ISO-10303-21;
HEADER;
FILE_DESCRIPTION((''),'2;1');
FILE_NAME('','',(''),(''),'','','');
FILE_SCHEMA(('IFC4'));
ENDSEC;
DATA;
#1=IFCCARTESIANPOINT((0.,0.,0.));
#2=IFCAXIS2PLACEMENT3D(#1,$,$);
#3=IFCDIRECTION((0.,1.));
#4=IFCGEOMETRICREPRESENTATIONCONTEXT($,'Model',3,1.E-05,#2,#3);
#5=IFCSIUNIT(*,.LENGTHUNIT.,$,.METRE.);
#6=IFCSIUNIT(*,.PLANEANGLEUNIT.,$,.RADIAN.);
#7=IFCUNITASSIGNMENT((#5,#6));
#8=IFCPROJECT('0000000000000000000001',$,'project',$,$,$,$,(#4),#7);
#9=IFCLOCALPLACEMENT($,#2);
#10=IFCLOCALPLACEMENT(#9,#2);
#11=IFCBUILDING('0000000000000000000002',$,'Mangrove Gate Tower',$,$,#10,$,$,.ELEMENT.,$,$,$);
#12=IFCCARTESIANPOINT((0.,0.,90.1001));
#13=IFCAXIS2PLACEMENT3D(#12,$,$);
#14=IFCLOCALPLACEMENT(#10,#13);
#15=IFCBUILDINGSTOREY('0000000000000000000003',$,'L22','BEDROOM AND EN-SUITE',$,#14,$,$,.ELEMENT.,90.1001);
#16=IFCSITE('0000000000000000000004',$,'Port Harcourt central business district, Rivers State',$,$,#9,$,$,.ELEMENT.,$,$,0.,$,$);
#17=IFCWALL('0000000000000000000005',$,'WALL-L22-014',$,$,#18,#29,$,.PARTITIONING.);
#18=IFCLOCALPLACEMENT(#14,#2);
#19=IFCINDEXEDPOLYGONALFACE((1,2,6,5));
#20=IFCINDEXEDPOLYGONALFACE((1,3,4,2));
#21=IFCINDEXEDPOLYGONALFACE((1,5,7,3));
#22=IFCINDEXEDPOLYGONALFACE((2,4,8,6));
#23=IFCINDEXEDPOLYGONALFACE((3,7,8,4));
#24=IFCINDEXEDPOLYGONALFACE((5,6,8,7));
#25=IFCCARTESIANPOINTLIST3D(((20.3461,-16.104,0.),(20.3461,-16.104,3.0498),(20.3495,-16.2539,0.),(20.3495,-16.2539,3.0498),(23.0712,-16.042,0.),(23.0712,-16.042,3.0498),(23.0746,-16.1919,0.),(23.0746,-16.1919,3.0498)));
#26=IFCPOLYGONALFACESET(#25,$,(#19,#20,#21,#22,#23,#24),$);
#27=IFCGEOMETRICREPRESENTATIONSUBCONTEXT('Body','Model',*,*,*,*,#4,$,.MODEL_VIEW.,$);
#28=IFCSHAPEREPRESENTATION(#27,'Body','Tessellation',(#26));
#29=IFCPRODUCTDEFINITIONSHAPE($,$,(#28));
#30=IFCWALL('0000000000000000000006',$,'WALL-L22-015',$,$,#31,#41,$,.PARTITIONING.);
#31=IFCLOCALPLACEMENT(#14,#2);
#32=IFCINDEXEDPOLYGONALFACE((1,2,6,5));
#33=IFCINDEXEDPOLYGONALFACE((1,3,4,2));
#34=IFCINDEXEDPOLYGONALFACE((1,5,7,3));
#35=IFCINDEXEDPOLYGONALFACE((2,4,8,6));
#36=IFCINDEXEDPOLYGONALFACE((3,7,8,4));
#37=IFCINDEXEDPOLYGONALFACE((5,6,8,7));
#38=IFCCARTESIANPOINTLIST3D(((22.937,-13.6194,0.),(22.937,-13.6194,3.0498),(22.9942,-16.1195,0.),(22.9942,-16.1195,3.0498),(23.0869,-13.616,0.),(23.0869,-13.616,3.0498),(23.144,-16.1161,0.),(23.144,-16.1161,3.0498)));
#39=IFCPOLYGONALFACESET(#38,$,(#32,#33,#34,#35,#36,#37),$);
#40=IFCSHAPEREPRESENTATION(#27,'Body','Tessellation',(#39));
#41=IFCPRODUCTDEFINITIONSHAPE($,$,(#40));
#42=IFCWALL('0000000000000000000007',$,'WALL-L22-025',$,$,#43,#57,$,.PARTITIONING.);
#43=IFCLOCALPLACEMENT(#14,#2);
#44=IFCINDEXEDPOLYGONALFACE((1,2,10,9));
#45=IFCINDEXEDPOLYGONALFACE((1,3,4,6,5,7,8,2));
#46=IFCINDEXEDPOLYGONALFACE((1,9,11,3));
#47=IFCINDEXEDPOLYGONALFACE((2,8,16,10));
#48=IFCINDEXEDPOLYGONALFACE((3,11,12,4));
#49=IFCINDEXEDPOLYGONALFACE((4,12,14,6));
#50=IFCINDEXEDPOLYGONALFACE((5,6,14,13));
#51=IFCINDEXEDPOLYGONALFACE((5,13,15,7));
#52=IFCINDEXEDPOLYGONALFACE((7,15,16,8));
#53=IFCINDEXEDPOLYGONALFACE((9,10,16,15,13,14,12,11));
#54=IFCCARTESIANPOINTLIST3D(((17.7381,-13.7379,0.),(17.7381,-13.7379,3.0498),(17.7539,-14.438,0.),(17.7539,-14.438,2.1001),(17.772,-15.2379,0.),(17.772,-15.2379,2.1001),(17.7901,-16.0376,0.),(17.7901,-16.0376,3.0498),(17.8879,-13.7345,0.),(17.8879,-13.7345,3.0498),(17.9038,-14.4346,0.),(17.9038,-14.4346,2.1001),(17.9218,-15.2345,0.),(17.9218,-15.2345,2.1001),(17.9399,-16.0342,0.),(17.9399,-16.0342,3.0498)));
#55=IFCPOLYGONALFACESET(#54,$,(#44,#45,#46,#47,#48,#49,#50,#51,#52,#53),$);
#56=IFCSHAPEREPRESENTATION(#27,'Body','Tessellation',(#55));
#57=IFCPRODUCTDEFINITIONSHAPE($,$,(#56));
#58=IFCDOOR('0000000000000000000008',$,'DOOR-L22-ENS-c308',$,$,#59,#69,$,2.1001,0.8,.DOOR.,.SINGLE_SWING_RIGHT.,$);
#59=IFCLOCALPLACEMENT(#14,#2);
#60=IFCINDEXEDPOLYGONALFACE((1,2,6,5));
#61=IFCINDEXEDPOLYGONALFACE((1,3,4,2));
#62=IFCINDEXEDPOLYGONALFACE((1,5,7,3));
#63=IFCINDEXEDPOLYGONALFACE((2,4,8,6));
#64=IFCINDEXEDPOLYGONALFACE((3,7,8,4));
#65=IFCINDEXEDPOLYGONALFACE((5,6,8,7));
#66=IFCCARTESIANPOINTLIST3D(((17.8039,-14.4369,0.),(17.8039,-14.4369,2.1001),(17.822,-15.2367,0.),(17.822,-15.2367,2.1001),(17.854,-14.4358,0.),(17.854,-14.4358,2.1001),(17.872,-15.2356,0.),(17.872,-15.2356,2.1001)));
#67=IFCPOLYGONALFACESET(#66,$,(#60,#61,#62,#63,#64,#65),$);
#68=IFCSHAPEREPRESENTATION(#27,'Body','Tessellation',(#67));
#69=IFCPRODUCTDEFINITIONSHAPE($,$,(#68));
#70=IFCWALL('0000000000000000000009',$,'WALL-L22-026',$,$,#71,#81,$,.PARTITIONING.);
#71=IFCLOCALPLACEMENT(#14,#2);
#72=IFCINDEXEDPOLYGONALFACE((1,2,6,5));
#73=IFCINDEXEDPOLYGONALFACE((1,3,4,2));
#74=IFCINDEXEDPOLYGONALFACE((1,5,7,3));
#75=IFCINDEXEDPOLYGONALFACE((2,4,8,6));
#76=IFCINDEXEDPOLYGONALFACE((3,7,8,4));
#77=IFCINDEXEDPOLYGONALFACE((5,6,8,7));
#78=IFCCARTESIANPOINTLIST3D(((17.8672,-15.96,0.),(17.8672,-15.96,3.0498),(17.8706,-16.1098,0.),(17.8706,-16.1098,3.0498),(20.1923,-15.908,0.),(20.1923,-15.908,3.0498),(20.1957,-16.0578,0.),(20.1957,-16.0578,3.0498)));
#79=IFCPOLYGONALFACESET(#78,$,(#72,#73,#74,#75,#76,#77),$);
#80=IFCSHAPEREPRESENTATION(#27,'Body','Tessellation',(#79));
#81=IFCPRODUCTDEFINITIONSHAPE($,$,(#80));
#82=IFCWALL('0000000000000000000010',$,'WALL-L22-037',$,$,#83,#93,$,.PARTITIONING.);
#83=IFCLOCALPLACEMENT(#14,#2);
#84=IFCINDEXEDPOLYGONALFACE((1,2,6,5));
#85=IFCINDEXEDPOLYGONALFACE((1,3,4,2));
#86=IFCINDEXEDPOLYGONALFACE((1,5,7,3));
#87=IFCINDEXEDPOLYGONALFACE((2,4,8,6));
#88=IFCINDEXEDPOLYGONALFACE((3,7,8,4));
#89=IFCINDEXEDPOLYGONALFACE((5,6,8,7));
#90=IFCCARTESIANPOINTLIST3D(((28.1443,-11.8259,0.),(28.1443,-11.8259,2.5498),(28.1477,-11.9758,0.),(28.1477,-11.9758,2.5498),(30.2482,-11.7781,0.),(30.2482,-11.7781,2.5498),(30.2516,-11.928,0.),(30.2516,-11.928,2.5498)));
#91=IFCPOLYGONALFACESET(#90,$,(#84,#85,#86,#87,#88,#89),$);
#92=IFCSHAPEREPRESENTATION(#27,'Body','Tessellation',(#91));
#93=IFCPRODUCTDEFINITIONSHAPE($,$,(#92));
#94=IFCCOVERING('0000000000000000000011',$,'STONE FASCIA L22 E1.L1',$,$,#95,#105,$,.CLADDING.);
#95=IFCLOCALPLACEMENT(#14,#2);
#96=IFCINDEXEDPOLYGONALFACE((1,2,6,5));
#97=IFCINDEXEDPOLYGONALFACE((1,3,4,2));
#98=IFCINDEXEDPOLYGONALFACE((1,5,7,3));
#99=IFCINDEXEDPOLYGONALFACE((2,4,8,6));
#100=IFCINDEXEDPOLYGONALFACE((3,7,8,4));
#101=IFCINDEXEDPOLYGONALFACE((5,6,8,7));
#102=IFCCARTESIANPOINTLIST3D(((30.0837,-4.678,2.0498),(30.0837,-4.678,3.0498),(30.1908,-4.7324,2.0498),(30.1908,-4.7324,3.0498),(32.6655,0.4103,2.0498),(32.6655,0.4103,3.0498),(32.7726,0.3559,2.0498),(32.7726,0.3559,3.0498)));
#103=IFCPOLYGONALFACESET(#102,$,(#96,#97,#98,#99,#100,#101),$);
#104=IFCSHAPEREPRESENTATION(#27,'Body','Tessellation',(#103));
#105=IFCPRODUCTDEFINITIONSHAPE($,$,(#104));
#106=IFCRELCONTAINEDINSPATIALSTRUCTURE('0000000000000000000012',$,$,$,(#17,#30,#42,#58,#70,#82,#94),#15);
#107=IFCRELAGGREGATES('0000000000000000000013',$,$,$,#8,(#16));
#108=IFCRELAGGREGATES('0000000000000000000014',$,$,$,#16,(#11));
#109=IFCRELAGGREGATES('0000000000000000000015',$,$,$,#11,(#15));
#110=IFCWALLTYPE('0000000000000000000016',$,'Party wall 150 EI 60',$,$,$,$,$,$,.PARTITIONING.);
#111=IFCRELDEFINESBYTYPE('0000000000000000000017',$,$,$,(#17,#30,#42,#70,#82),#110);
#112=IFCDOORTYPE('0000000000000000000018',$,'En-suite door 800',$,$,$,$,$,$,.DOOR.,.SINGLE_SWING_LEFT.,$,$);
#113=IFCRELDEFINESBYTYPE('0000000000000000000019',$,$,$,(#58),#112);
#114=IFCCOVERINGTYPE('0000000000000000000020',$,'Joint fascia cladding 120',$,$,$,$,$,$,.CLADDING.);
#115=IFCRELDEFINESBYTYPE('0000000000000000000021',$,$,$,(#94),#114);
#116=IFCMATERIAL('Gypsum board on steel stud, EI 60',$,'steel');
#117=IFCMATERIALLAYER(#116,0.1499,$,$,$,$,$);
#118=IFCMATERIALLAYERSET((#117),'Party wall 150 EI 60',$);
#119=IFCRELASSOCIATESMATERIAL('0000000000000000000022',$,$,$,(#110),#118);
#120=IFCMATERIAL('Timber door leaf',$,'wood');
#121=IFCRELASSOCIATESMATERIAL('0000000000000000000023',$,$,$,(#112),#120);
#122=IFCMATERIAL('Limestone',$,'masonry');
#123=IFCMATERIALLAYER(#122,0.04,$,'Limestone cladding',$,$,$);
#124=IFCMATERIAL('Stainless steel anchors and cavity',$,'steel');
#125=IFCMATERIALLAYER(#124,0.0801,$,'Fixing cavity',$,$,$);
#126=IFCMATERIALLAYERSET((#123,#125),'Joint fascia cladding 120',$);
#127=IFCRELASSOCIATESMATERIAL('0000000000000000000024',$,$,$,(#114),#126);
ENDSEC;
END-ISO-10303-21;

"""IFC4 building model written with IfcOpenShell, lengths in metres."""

from ifc_helpers import new_model, si_unit, direction, frame, frame_2d, origin, place, context, subcontext, project, spatial, rectangle, extrude, material, layer, layer_set, type_object, element, fill, save


model = new_model("IFC4")

# Units and contexts
model_context = context("Model", 3, precision=1e-05, world=origin(), true_north=direction((0.0, 1.0)))
body_context = subcontext(model_context, "Body", "Model", "MODEL_VIEW")
ifc_project = project(units=[si_unit("LENGTHUNIT", "METRE"), si_unit("PLANEANGLEUNIT", "RADIAN")], contexts=[model_context])

# Site, building, storey
site_placement = place(None, origin())
site = spatial("IfcSite", under=ifc_project, at=site_placement, Name="Port Harcourt central business district, Rivers State", CompositionType="ELEMENT", RefElevation=0.0)
building_placement = place(site_placement, origin())
building = spatial("IfcBuilding", under=site, at=building_placement, Name="Mangrove Gate Tower", CompositionType="ELEMENT")
storey_placement = place(building_placement, frame((0.0, 0.0, 90.1001)))
storey = spatial("IfcBuildingStorey", under=building, at=storey_placement, Name="L22", Description="BEDROOM AND EN-SUITE", CompositionType="ELEMENT", Elevation=90.1001)

# Walls
ifc_material_1 = material(Name="Gypsum board on steel stud, EI 60", Category="steel")
ifc_layer_1 = layer(ifc_material_1, 0.1499)
ifc_layer_set_1 = layer_set([ifc_layer_1], Name="Party wall 150 EI 60")
wall_type_1 = type_object("IfcWallType", Name="Party wall 150 EI 60", PredefinedType="PARTITIONING", material=ifc_layer_set_1)
wall_1_placement = place(storey_placement, frame((20.3479, -16.179, 0.0), z_axis=(0.0, 0.0, 1.0), x_axis=(0.999741, 0.02275, 0.0)))
element("IfcWall", 1, at=wall_1_placement, inside=storey, type_object=wall_type_1, Name="WALL-L22-014", PredefinedType="PARTITIONING", context=body_context, shape_type="SweptSolid", body=[
    extrude(rectangle(XDim=2.7258, YDim=0.1499, at=frame_2d((1.3628, 0.0))), origin(), (0.0, 0.0, 1.0), 3.0498),
])
wall_2_placement = place(storey_placement, frame((23.0691, -16.1179, 0.0), z_axis=(0.0, 0.0, 1.0), x_axis=(-0.022846, 0.999739, 0.0)))
element("IfcWall", 2, at=wall_2_placement, inside=storey, type_object=wall_type_1, Name="WALL-L22-015", PredefinedType="PARTITIONING", context=body_context, shape_type="SweptSolid", body=[
    extrude(rectangle(XDim=2.5007, YDim=0.1499, at=frame_2d((1.2505, 0.0))), origin(), (0.0, 0.0, 1.0), 3.0498),
])

# Wall, opening, door
wall_3_placement = place(storey_placement, frame((17.865, -16.0359, 0.0), z_axis=(0.0, 0.0, 1.0), x_axis=(-0.022606, 0.999744, 0.0)))
wall_3 = element("IfcWall", 3, at=wall_3_placement, inside=storey, type_object=wall_type_1, Name="WALL-L22-025", PredefinedType="PARTITIONING", context=body_context, shape_type="SweptSolid", body=[
    extrude(rectangle(XDim=2.3003, YDim=0.1499, at=frame_2d((1.1501, 0.0))), origin(), (0.0, 0.0, 1.0), 3.0498),
])
opening_1_placement = place(wall_3_placement, frame((0.8, 0.0, 0.0)))
opening_1 = element("IfcOpeningElement", 4, at=opening_1_placement, cuts=wall_3, PredefinedType="OPENING", context=body_context, shape_type="SweptSolid", body=[
    extrude(rectangle(XDim=0.8, YDim=2.1001, at=frame_2d((0.3999, 1.05))), frame((0.0, 0.085, 0.0), z_axis=(0.0, -1.0, 0.0), x_axis=(1.0, 0.0, 0.0)), (0.0, 0.0, 1.0), 0.1699),
])
ifc_material_2 = material(Name="Timber door leaf", Category="wood")
door_type_1 = type_object("IfcDoorType", Name="En-suite door 800", OperationType="SINGLE_SWING_LEFT", PredefinedType="DOOR", material=ifc_material_2)
door_1_placement = place(opening_1_placement, origin())
door_1 = element("IfcDoor", 5, at=door_1_placement, inside=storey, type_object=door_type_1, Name="DOOR-L22-ENS-c308", OperationType="SINGLE_SWING_RIGHT", OverallHeight=2.1001, OverallWidth=0.8, PredefinedType="DOOR", context=body_context, shape_type="SweptSolid", body=[
    extrude(rectangle(XDim=0.8, YDim=2.1001, at=frame_2d((0.3999, 1.05))), frame((0.0, 0.0249, 0.0), z_axis=(0.0, -1.0, 0.0), x_axis=(1.0, 0.0, 0.0)), (0.0, 0.0, 1.0), 0.05),
])
fill(opening_1, door_1)

# Walls
wall_4_placement = place(storey_placement, frame((17.8689, -16.0349, 0.0), z_axis=(0.0, 0.0, 1.0), x_axis=(0.99975, 0.022359, 0.0)))
element("IfcWall", 6, at=wall_4_placement, inside=storey, type_object=wall_type_1, Name="WALL-L22-026", PredefinedType="PARTITIONING", context=body_context, shape_type="SweptSolid", body=[
    extrude(rectangle(XDim=2.3257, YDim=0.1499, at=frame_2d((1.1628, 0.0))), origin(), (0.0, 0.0, 1.0), 3.0498),
])
wall_5_placement = place(storey_placement, frame((28.146, -11.9009, 0.0), z_axis=(0.0, 0.0, 1.0), x_axis=(0.999741, 0.022737, 0.0)))
element("IfcWall", 7, at=wall_5_placement, inside=storey, type_object=wall_type_1, Name="WALL-L22-037", PredefinedType="PARTITIONING", context=body_context, shape_type="SweptSolid", body=[
    extrude(rectangle(XDim=2.1045, YDim=0.1499, at=frame_2d((1.0522, 0.0))), origin(), (0.0, 0.0, 1.0), 2.5498),
])

# Covering
ifc_material_3 = material(Name="Limestone", Category="masonry")
ifc_layer_2 = layer(ifc_material_3, 0.04, Name="Limestone cladding")
ifc_material_4 = material(Name="Stainless steel anchors and cavity", Category="steel")
ifc_layer_3 = layer(ifc_material_4, 0.0801, Name="Fixing cavity")
ifc_layer_set_2 = layer_set([ifc_layer_2, ifc_layer_3], Name="Joint fascia cladding 120")
covering_type = type_object("IfcCoveringType", Name="Joint fascia cladding 120", PredefinedType="CLADDING", material=ifc_layer_set_2)
covering_placement = place(storey_placement, frame((30.1372, -4.7053, 2.0498), z_axis=(0.0, 0.0, 1.0), x_axis=(0.452477, 0.891776, 0.0)))
element("IfcCovering", 8, at=covering_placement, inside=storey, type_object=covering_type, Name="STONE FASCIA L22 E1.L1", PredefinedType="CLADDING", context=body_context, shape_type="SweptSolid", body=[
    extrude(rectangle(XDim=5.7058, YDim=0.1201, at=frame_2d((2.853, 0.0))), origin(), (0.0, 0.0, 1.0), 1.0),
])

save(model, "model.ifc")
